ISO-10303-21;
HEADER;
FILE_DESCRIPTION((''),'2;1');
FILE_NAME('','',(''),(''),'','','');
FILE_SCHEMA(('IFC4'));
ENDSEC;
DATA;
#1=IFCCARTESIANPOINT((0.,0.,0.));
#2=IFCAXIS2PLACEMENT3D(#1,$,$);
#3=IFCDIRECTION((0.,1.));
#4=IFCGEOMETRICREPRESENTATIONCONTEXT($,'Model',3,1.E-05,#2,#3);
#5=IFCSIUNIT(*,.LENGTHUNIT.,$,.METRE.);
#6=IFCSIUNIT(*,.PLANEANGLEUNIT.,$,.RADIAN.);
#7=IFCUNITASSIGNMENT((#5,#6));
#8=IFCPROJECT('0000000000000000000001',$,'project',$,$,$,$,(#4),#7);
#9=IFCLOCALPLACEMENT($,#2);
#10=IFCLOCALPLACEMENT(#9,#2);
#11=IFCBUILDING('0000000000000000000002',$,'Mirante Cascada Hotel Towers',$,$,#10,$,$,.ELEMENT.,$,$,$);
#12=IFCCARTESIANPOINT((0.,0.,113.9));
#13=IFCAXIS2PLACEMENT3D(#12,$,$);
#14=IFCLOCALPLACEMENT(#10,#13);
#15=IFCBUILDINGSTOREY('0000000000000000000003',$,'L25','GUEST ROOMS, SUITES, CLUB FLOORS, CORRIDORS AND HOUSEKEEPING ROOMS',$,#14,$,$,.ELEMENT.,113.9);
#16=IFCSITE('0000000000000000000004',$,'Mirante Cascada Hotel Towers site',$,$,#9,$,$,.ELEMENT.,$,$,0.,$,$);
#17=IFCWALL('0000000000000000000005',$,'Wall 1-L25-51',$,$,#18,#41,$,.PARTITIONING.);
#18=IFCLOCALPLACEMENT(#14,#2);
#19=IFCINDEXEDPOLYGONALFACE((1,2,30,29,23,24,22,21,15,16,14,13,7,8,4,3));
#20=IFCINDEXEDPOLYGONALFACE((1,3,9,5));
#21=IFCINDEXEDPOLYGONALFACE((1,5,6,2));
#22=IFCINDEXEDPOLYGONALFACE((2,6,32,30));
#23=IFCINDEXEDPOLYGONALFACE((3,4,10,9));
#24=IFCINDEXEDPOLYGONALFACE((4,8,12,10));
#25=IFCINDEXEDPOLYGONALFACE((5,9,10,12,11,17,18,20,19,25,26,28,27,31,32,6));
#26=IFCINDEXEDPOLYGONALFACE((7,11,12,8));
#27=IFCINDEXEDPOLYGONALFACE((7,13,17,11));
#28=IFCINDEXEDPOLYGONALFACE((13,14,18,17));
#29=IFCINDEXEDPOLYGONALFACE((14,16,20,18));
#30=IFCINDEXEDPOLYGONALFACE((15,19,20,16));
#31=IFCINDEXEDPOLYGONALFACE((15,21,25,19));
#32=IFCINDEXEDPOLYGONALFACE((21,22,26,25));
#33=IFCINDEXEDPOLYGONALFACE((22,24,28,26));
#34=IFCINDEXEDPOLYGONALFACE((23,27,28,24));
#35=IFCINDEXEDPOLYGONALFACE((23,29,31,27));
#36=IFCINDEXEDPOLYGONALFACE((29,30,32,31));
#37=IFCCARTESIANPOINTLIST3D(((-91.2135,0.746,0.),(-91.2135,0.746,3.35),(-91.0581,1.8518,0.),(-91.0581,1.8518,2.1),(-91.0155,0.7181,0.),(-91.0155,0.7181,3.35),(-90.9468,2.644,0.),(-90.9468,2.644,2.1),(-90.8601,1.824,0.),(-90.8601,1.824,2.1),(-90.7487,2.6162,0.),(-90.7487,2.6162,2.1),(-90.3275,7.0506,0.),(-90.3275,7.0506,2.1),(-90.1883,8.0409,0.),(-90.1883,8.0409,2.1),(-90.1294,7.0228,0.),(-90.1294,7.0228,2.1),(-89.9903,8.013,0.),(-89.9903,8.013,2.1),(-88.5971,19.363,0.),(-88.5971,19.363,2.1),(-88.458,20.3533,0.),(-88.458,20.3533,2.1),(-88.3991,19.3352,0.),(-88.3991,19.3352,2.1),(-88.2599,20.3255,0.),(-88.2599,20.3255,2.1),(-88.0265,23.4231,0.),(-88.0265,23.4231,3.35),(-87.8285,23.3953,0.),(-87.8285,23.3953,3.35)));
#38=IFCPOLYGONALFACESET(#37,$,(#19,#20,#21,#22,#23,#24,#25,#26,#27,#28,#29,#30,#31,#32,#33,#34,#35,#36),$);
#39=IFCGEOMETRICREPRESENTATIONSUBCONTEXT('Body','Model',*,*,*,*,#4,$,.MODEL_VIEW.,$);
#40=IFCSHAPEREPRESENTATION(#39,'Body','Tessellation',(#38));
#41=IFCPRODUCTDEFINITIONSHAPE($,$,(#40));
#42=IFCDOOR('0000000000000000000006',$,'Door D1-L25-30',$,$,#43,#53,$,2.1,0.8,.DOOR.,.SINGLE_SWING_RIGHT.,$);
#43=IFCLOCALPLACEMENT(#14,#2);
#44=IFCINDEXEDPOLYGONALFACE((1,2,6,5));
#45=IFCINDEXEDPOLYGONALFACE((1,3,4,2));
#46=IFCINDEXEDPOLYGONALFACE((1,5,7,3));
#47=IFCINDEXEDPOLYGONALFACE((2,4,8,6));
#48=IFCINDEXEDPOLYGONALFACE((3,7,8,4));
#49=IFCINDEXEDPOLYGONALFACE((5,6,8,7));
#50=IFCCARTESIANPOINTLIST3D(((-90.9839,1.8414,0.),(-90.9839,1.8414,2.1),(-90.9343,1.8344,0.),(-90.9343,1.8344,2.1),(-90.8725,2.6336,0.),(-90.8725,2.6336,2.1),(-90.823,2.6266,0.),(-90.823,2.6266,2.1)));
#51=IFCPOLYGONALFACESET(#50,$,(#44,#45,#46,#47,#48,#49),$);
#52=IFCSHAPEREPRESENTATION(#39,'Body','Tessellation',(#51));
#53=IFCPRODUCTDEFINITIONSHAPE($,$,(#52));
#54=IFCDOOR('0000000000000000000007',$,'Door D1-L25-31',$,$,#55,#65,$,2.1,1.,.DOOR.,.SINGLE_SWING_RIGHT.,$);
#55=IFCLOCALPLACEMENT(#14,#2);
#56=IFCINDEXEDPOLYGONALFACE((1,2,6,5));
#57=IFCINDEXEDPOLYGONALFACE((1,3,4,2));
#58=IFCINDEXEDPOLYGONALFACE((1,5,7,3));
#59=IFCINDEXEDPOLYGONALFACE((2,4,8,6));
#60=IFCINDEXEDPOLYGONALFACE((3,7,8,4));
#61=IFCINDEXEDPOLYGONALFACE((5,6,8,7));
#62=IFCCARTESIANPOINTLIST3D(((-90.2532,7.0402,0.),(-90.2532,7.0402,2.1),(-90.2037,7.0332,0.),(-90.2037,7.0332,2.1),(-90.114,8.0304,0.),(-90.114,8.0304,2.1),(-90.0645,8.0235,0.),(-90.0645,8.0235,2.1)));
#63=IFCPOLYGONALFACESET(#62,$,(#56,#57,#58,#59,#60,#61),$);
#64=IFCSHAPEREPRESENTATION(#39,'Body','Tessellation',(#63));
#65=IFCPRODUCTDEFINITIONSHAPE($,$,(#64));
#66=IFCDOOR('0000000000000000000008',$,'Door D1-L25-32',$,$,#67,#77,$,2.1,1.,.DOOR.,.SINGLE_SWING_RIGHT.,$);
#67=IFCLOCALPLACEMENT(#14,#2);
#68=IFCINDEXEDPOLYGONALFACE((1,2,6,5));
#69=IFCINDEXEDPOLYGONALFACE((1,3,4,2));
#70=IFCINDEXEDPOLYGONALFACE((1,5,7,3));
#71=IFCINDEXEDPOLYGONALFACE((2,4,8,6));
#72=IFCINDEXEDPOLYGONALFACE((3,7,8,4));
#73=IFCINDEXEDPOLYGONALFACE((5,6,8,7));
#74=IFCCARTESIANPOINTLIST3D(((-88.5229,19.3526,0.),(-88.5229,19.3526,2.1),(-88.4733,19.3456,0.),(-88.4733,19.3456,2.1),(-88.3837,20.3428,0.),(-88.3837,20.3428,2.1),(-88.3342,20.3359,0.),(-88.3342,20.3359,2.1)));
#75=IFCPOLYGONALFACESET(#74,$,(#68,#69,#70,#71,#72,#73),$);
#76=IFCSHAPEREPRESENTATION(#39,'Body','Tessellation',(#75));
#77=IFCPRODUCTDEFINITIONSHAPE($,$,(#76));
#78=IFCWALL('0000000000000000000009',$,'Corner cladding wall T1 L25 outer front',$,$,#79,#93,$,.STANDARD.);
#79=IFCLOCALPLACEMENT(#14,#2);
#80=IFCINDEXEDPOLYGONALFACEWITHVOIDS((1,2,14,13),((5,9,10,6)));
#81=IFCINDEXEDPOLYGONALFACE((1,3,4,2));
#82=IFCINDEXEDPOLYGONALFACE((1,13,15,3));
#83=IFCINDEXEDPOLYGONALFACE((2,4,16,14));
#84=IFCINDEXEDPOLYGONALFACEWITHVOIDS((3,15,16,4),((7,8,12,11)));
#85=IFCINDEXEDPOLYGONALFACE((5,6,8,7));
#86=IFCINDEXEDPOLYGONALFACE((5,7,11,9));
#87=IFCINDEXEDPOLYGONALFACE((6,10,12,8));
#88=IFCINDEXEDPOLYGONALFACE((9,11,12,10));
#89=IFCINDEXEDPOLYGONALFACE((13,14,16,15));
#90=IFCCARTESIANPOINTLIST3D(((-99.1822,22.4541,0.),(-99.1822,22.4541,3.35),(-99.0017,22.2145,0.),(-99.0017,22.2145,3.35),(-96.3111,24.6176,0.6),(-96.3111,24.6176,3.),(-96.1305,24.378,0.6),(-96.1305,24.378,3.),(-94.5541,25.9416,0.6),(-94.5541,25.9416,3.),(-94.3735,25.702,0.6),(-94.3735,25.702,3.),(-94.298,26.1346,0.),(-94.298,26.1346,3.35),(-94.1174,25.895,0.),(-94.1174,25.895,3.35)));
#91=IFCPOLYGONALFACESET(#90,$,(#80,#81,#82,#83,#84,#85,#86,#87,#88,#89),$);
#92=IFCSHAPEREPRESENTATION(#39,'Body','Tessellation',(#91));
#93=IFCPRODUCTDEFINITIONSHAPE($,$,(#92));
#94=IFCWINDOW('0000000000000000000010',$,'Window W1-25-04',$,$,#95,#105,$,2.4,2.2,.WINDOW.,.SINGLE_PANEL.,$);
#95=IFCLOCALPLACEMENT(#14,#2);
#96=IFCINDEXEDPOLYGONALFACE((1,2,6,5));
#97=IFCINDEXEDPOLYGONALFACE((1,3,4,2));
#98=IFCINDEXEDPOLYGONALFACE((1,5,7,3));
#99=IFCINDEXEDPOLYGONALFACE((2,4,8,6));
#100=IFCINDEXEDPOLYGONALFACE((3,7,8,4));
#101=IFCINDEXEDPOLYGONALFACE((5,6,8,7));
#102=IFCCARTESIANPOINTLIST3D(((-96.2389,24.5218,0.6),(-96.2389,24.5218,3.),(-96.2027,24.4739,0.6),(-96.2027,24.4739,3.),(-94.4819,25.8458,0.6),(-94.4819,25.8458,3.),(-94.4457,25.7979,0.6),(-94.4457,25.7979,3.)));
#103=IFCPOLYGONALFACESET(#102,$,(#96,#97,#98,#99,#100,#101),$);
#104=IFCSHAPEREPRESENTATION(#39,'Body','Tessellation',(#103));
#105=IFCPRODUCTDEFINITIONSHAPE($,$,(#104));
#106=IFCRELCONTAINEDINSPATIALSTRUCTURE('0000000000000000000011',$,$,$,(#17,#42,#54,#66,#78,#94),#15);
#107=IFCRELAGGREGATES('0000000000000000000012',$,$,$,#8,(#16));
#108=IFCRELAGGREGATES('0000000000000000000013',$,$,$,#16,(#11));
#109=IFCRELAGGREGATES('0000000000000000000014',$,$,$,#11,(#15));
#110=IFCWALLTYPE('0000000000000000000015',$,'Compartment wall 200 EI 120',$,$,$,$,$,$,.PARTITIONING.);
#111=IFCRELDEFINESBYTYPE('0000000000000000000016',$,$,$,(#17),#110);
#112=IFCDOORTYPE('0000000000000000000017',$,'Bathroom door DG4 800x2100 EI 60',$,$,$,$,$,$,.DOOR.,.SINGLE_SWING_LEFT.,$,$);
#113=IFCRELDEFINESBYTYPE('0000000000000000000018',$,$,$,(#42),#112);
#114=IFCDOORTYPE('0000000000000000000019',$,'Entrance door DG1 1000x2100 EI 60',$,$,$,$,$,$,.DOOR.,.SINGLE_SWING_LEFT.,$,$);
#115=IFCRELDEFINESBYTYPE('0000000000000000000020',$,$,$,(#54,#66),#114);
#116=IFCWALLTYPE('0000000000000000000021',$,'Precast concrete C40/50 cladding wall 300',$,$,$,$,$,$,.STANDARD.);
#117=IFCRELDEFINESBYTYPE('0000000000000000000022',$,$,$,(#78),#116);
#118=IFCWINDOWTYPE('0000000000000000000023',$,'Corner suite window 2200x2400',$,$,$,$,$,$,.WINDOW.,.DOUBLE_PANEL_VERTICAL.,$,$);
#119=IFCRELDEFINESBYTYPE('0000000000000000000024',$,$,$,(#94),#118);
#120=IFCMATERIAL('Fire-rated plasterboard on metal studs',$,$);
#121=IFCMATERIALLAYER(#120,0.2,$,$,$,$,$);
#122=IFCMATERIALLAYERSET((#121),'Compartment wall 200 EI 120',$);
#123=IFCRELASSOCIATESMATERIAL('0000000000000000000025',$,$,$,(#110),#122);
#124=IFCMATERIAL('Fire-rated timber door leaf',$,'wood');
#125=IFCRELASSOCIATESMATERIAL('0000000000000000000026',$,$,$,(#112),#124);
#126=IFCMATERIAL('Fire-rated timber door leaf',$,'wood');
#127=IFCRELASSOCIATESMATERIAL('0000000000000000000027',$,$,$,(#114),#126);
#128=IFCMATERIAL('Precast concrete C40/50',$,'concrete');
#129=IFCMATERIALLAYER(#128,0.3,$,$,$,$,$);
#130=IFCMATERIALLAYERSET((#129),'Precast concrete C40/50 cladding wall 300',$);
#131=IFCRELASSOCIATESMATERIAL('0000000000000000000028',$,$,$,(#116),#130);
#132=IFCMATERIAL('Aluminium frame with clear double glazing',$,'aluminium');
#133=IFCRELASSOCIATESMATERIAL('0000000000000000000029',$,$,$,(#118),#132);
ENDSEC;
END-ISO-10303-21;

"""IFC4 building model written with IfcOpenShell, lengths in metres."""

from ifc_helpers import new_model, si_unit, direction, frame, frame_2d, origin, place, context, subcontext, project, spatial, rectangle, extrude, material, layer, layer_set, type_object, element, fill, save


model = new_model("IFC4")

# Units and contexts
model_context = context("Model", 3, precision=1e-05, world=origin(), true_north=direction((0.0, 1.0)))
body_context = subcontext(model_context, "Body", "Model", "MODEL_VIEW")
ifc_project = project(units=[si_unit("LENGTHUNIT", "METRE"), si_unit("PLANEANGLEUNIT", "RADIAN")], contexts=[model_context])

# Site, building, storey
site_placement = place(None, origin())
site = spatial("IfcSite", under=ifc_project, at=site_placement, Name="Mirante Cascada Hotel Towers site", CompositionType="ELEMENT", RefElevation=0.0)
building_placement = place(site_placement, origin())
building = spatial("IfcBuilding", under=site, at=building_placement, Name="Mirante Cascada Hotel Towers", CompositionType="ELEMENT")
storey_placement = place(building_placement, frame((0.0, 0.0, 113.9)))
storey = spatial("IfcBuildingStorey", under=building, at=storey_placement, Name="L25", Description="GUEST ROOMS, SUITES, CLUB FLOORS, CORRIDORS AND HOUSEKEEPING ROOMS", CompositionType="ELEMENT", Elevation=113.9)

# Shared definitions
ifc_material_1 = material(Name="Fire-rated plasterboard on metal studs")
ifc_layer_1 = layer(ifc_material_1, 0.2)
ifc_layer_set_1 = layer_set([ifc_layer_1], Name="Compartment wall 200 EI 120")
wall_type_1 = type_object("IfcWallType", Name="Compartment wall 200 EI 120", PredefinedType="PARTITIONING", material=ifc_layer_set_1)

# Wall, openings, doors
wall_1_placement = place(storey_placement, frame((-87.9275, 23.4092, 0.0), z_axis=(0.0, 0.0, 1.0), x_axis=(-0.139171, -0.990268, 0.0)))
wall_1 = element("IfcWall", 1, at=wall_1_placement, inside=storey, type_object=wall_type_1, Name="Wall 1-L25-51", PredefinedType="PARTITIONING", context=body_context, shape_type="SweptSolid", body=[
    extrude(rectangle(XDim=22.9, YDim=0.2, at=frame_2d((11.45, 0.0))), origin(), (0.0, 0.0, 1.0), 3.35),
])
opening_1_placement = place(wall_1_placement, frame((20.9833, 0.0, 0.0)))
opening_1 = element("IfcOpeningElement", 2, at=opening_1_placement, cuts=wall_1, PredefinedType="OPENING", context=body_context, shape_type="SweptSolid", body=[
    extrude(rectangle(XDim=0.8, YDim=2.1, at=frame_2d((0.4, 1.05))), frame((0.0, 0.1, 0.0), z_axis=(0.0, -1.0, 0.0), x_axis=(1.0, 0.0, 0.0)), (0.0, 0.0, 1.0), 0.2),
])
opening_2_placement = place(wall_1_placement, frame((15.5334, 0.0, 0.0)))
opening_2 = element("IfcOpeningElement", 3, at=opening_2_placement, cuts=wall_1, PredefinedType="OPENING", context=body_context, shape_type="SweptSolid", body=[
    extrude(rectangle(XDim=1.0, YDim=2.1, at=frame_2d((0.5, 1.05))), frame((0.0, 0.1, 0.0), z_axis=(0.0, -1.0, 0.0), x_axis=(1.0, 0.0, 0.0)), (0.0, 0.0, 1.0), 0.2),
])
opening_3_placement = place(wall_1_placement, frame((3.1, 0.0, 0.0)))
opening_3 = element("IfcOpeningElement", 4, at=opening_3_placement, cuts=wall_1, PredefinedType="OPENING", context=body_context, shape_type="SweptSolid", body=[
    extrude(rectangle(XDim=1.0, YDim=2.1, at=frame_2d((0.5, 1.05))), frame((0.0, 0.1, 0.0), z_axis=(0.0, -1.0, 0.0), x_axis=(1.0, 0.0, 0.0)), (0.0, 0.0, 1.0), 0.2),
])
ifc_material_2 = material(Name="Fire-rated timber door leaf", Category="wood")
door_type_1 = type_object("IfcDoorType", Name="Bathroom door DG4 800x2100 EI 60", OperationType="SINGLE_SWING_LEFT", PredefinedType="DOOR", material=ifc_material_2)
door_1_placement = place(opening_1_placement, frame((0.8, 0.0, 0.0), z_axis=(0.0, 0.0, 1.0), x_axis=(-1.0, 0.0, 0.0)))
door_1 = element("IfcDoor", 5, at=door_1_placement, inside=storey, type_object=door_type_1, Name="Door D1-L25-30", OperationType="SINGLE_SWING_RIGHT", OverallHeight=2.1, OverallWidth=0.8, PredefinedType="DOOR", context=body_context, shape_type="SweptSolid", body=[
    extrude(rectangle(XDim=0.8, YDim=2.1, at=frame_2d((0.4, 1.05))), frame((0.0, 0.025, 0.0), z_axis=(0.0, -1.0, 0.0), x_axis=(1.0, 0.0, 0.0)), (0.0, 0.0, 1.0), 0.05),
])
fill(opening_1, door_1)
ifc_material_3 = material(Name="Fire-rated timber door leaf", Category="wood")
door_type_2 = type_object("IfcDoorType", Name="Entrance door DG1 1000x2100 EI 60", OperationType="SINGLE_SWING_LEFT", PredefinedType="DOOR", material=ifc_material_3)
door_2_placement = place(opening_2_placement, frame((1.0, 0.0, 0.0), z_axis=(0.0, 0.0, 1.0), x_axis=(-1.0, 0.0, 0.0)))
door_2 = element("IfcDoor", 6, at=door_2_placement, inside=storey, type_object=door_type_2, Name="Door D1-L25-31", OperationType="SINGLE_SWING_RIGHT", OverallHeight=2.1, OverallWidth=1.0, PredefinedType="DOOR", context=body_context, shape_type="SweptSolid", body=[
    extrude(rectangle(XDim=1.0, YDim=2.1, at=frame_2d((0.5, 1.05))), frame((0.0, 0.025, 0.0), z_axis=(0.0, -1.0, 0.0), x_axis=(1.0, 0.0, 0.0)), (0.0, 0.0, 1.0), 0.05),
])
fill(opening_2, door_2)
door_3_placement = place(opening_3_placement, frame((1.0, 0.0, 0.0), z_axis=(0.0, 0.0, 1.0), x_axis=(-1.0, 0.0, 0.0)))
door_3 = element("IfcDoor", 7, at=door_3_placement, inside=storey, type_object=door_type_2, Name="Door D1-L25-32", OperationType="SINGLE_SWING_RIGHT", OverallHeight=2.1, OverallWidth=1.0, PredefinedType="DOOR", context=body_context, shape_type="SweptSolid", body=[
    extrude(rectangle(XDim=1.0, YDim=2.1, at=frame_2d((0.5, 1.05))), frame((0.0, 0.025, 0.0), z_axis=(0.0, -1.0, 0.0), x_axis=(1.0, 0.0, 0.0)), (0.0, 0.0, 1.0), 0.05),
])
fill(opening_3, door_3)

# Wall, opening, window
ifc_material_4 = material(Name="Precast concrete C40/50", Category="concrete")
ifc_layer_2 = layer(ifc_material_4, 0.3)
ifc_layer_set_2 = layer_set([ifc_layer_2], Name="Precast concrete C40/50 cladding wall 300")
wall_type_2 = type_object("IfcWallType", Name="Precast concrete C40/50 cladding wall 300", PredefinedType="STANDARD", material=ifc_layer_set_2)
wall_2_placement = place(storey_placement, frame((-99.0919, 22.3343, 0.0), z_axis=(0.0, 0.0, 1.0), x_axis=(0.798636, 0.601814, 0.0)))
wall_2 = element("IfcWall", 8, at=wall_2_placement, inside=storey, type_object=wall_type_2, Name="Corner cladding wall T1 L25 outer front", PredefinedType="STANDARD", context=body_context, shape_type="SweptSolid", body=[
    extrude(rectangle(XDim=6.1157, YDim=0.3, at=frame_2d((3.0578, 0.0))), origin(), (0.0, 0.0, 1.0), 3.35),
])
opening_4_placement = place(wall_2_placement, frame((3.595, 0.0, 0.6)))
opening_4 = element("IfcOpeningElement", 9, at=opening_4_placement, cuts=wall_2, PredefinedType="OPENING", context=body_context, shape_type="SweptSolid", body=[
    extrude(rectangle(XDim=2.2, YDim=2.4, at=frame_2d((1.1, 1.2))), frame((0.0, 0.15, 0.0), z_axis=(0.0, -1.0, 0.0), x_axis=(1.0, 0.0, 0.0)), (0.0, 0.0, 1.0), 0.3),
])
ifc_material_5 = material(Name="Aluminium frame with clear double glazing", Category="aluminium")
window_type = type_object("IfcWindowType", Name="Corner suite window 2200x2400", PartitioningType="DOUBLE_PANEL_VERTICAL", PredefinedType="WINDOW", material=ifc_material_5)
window_placement = place(opening_4_placement, origin())
window = element("IfcWindow", 10, at=window_placement, inside=storey, type_object=window_type, Name="Window W1-25-04", OverallHeight=2.4, OverallWidth=2.2, PartitioningType="SINGLE_PANEL", PredefinedType="WINDOW", context=body_context, shape_type="SweptSolid", body=[
    extrude(rectangle(XDim=2.2, YDim=2.4, at=frame_2d((1.1, 1.2))), frame((0.0, 0.03, 0.0), z_axis=(0.0, -1.0, 0.0), x_axis=(1.0, 0.0, 0.0)), (0.0, 0.0, 1.0), 0.06),
])
fill(opening_4, window)

save(model, "model.ifc")
